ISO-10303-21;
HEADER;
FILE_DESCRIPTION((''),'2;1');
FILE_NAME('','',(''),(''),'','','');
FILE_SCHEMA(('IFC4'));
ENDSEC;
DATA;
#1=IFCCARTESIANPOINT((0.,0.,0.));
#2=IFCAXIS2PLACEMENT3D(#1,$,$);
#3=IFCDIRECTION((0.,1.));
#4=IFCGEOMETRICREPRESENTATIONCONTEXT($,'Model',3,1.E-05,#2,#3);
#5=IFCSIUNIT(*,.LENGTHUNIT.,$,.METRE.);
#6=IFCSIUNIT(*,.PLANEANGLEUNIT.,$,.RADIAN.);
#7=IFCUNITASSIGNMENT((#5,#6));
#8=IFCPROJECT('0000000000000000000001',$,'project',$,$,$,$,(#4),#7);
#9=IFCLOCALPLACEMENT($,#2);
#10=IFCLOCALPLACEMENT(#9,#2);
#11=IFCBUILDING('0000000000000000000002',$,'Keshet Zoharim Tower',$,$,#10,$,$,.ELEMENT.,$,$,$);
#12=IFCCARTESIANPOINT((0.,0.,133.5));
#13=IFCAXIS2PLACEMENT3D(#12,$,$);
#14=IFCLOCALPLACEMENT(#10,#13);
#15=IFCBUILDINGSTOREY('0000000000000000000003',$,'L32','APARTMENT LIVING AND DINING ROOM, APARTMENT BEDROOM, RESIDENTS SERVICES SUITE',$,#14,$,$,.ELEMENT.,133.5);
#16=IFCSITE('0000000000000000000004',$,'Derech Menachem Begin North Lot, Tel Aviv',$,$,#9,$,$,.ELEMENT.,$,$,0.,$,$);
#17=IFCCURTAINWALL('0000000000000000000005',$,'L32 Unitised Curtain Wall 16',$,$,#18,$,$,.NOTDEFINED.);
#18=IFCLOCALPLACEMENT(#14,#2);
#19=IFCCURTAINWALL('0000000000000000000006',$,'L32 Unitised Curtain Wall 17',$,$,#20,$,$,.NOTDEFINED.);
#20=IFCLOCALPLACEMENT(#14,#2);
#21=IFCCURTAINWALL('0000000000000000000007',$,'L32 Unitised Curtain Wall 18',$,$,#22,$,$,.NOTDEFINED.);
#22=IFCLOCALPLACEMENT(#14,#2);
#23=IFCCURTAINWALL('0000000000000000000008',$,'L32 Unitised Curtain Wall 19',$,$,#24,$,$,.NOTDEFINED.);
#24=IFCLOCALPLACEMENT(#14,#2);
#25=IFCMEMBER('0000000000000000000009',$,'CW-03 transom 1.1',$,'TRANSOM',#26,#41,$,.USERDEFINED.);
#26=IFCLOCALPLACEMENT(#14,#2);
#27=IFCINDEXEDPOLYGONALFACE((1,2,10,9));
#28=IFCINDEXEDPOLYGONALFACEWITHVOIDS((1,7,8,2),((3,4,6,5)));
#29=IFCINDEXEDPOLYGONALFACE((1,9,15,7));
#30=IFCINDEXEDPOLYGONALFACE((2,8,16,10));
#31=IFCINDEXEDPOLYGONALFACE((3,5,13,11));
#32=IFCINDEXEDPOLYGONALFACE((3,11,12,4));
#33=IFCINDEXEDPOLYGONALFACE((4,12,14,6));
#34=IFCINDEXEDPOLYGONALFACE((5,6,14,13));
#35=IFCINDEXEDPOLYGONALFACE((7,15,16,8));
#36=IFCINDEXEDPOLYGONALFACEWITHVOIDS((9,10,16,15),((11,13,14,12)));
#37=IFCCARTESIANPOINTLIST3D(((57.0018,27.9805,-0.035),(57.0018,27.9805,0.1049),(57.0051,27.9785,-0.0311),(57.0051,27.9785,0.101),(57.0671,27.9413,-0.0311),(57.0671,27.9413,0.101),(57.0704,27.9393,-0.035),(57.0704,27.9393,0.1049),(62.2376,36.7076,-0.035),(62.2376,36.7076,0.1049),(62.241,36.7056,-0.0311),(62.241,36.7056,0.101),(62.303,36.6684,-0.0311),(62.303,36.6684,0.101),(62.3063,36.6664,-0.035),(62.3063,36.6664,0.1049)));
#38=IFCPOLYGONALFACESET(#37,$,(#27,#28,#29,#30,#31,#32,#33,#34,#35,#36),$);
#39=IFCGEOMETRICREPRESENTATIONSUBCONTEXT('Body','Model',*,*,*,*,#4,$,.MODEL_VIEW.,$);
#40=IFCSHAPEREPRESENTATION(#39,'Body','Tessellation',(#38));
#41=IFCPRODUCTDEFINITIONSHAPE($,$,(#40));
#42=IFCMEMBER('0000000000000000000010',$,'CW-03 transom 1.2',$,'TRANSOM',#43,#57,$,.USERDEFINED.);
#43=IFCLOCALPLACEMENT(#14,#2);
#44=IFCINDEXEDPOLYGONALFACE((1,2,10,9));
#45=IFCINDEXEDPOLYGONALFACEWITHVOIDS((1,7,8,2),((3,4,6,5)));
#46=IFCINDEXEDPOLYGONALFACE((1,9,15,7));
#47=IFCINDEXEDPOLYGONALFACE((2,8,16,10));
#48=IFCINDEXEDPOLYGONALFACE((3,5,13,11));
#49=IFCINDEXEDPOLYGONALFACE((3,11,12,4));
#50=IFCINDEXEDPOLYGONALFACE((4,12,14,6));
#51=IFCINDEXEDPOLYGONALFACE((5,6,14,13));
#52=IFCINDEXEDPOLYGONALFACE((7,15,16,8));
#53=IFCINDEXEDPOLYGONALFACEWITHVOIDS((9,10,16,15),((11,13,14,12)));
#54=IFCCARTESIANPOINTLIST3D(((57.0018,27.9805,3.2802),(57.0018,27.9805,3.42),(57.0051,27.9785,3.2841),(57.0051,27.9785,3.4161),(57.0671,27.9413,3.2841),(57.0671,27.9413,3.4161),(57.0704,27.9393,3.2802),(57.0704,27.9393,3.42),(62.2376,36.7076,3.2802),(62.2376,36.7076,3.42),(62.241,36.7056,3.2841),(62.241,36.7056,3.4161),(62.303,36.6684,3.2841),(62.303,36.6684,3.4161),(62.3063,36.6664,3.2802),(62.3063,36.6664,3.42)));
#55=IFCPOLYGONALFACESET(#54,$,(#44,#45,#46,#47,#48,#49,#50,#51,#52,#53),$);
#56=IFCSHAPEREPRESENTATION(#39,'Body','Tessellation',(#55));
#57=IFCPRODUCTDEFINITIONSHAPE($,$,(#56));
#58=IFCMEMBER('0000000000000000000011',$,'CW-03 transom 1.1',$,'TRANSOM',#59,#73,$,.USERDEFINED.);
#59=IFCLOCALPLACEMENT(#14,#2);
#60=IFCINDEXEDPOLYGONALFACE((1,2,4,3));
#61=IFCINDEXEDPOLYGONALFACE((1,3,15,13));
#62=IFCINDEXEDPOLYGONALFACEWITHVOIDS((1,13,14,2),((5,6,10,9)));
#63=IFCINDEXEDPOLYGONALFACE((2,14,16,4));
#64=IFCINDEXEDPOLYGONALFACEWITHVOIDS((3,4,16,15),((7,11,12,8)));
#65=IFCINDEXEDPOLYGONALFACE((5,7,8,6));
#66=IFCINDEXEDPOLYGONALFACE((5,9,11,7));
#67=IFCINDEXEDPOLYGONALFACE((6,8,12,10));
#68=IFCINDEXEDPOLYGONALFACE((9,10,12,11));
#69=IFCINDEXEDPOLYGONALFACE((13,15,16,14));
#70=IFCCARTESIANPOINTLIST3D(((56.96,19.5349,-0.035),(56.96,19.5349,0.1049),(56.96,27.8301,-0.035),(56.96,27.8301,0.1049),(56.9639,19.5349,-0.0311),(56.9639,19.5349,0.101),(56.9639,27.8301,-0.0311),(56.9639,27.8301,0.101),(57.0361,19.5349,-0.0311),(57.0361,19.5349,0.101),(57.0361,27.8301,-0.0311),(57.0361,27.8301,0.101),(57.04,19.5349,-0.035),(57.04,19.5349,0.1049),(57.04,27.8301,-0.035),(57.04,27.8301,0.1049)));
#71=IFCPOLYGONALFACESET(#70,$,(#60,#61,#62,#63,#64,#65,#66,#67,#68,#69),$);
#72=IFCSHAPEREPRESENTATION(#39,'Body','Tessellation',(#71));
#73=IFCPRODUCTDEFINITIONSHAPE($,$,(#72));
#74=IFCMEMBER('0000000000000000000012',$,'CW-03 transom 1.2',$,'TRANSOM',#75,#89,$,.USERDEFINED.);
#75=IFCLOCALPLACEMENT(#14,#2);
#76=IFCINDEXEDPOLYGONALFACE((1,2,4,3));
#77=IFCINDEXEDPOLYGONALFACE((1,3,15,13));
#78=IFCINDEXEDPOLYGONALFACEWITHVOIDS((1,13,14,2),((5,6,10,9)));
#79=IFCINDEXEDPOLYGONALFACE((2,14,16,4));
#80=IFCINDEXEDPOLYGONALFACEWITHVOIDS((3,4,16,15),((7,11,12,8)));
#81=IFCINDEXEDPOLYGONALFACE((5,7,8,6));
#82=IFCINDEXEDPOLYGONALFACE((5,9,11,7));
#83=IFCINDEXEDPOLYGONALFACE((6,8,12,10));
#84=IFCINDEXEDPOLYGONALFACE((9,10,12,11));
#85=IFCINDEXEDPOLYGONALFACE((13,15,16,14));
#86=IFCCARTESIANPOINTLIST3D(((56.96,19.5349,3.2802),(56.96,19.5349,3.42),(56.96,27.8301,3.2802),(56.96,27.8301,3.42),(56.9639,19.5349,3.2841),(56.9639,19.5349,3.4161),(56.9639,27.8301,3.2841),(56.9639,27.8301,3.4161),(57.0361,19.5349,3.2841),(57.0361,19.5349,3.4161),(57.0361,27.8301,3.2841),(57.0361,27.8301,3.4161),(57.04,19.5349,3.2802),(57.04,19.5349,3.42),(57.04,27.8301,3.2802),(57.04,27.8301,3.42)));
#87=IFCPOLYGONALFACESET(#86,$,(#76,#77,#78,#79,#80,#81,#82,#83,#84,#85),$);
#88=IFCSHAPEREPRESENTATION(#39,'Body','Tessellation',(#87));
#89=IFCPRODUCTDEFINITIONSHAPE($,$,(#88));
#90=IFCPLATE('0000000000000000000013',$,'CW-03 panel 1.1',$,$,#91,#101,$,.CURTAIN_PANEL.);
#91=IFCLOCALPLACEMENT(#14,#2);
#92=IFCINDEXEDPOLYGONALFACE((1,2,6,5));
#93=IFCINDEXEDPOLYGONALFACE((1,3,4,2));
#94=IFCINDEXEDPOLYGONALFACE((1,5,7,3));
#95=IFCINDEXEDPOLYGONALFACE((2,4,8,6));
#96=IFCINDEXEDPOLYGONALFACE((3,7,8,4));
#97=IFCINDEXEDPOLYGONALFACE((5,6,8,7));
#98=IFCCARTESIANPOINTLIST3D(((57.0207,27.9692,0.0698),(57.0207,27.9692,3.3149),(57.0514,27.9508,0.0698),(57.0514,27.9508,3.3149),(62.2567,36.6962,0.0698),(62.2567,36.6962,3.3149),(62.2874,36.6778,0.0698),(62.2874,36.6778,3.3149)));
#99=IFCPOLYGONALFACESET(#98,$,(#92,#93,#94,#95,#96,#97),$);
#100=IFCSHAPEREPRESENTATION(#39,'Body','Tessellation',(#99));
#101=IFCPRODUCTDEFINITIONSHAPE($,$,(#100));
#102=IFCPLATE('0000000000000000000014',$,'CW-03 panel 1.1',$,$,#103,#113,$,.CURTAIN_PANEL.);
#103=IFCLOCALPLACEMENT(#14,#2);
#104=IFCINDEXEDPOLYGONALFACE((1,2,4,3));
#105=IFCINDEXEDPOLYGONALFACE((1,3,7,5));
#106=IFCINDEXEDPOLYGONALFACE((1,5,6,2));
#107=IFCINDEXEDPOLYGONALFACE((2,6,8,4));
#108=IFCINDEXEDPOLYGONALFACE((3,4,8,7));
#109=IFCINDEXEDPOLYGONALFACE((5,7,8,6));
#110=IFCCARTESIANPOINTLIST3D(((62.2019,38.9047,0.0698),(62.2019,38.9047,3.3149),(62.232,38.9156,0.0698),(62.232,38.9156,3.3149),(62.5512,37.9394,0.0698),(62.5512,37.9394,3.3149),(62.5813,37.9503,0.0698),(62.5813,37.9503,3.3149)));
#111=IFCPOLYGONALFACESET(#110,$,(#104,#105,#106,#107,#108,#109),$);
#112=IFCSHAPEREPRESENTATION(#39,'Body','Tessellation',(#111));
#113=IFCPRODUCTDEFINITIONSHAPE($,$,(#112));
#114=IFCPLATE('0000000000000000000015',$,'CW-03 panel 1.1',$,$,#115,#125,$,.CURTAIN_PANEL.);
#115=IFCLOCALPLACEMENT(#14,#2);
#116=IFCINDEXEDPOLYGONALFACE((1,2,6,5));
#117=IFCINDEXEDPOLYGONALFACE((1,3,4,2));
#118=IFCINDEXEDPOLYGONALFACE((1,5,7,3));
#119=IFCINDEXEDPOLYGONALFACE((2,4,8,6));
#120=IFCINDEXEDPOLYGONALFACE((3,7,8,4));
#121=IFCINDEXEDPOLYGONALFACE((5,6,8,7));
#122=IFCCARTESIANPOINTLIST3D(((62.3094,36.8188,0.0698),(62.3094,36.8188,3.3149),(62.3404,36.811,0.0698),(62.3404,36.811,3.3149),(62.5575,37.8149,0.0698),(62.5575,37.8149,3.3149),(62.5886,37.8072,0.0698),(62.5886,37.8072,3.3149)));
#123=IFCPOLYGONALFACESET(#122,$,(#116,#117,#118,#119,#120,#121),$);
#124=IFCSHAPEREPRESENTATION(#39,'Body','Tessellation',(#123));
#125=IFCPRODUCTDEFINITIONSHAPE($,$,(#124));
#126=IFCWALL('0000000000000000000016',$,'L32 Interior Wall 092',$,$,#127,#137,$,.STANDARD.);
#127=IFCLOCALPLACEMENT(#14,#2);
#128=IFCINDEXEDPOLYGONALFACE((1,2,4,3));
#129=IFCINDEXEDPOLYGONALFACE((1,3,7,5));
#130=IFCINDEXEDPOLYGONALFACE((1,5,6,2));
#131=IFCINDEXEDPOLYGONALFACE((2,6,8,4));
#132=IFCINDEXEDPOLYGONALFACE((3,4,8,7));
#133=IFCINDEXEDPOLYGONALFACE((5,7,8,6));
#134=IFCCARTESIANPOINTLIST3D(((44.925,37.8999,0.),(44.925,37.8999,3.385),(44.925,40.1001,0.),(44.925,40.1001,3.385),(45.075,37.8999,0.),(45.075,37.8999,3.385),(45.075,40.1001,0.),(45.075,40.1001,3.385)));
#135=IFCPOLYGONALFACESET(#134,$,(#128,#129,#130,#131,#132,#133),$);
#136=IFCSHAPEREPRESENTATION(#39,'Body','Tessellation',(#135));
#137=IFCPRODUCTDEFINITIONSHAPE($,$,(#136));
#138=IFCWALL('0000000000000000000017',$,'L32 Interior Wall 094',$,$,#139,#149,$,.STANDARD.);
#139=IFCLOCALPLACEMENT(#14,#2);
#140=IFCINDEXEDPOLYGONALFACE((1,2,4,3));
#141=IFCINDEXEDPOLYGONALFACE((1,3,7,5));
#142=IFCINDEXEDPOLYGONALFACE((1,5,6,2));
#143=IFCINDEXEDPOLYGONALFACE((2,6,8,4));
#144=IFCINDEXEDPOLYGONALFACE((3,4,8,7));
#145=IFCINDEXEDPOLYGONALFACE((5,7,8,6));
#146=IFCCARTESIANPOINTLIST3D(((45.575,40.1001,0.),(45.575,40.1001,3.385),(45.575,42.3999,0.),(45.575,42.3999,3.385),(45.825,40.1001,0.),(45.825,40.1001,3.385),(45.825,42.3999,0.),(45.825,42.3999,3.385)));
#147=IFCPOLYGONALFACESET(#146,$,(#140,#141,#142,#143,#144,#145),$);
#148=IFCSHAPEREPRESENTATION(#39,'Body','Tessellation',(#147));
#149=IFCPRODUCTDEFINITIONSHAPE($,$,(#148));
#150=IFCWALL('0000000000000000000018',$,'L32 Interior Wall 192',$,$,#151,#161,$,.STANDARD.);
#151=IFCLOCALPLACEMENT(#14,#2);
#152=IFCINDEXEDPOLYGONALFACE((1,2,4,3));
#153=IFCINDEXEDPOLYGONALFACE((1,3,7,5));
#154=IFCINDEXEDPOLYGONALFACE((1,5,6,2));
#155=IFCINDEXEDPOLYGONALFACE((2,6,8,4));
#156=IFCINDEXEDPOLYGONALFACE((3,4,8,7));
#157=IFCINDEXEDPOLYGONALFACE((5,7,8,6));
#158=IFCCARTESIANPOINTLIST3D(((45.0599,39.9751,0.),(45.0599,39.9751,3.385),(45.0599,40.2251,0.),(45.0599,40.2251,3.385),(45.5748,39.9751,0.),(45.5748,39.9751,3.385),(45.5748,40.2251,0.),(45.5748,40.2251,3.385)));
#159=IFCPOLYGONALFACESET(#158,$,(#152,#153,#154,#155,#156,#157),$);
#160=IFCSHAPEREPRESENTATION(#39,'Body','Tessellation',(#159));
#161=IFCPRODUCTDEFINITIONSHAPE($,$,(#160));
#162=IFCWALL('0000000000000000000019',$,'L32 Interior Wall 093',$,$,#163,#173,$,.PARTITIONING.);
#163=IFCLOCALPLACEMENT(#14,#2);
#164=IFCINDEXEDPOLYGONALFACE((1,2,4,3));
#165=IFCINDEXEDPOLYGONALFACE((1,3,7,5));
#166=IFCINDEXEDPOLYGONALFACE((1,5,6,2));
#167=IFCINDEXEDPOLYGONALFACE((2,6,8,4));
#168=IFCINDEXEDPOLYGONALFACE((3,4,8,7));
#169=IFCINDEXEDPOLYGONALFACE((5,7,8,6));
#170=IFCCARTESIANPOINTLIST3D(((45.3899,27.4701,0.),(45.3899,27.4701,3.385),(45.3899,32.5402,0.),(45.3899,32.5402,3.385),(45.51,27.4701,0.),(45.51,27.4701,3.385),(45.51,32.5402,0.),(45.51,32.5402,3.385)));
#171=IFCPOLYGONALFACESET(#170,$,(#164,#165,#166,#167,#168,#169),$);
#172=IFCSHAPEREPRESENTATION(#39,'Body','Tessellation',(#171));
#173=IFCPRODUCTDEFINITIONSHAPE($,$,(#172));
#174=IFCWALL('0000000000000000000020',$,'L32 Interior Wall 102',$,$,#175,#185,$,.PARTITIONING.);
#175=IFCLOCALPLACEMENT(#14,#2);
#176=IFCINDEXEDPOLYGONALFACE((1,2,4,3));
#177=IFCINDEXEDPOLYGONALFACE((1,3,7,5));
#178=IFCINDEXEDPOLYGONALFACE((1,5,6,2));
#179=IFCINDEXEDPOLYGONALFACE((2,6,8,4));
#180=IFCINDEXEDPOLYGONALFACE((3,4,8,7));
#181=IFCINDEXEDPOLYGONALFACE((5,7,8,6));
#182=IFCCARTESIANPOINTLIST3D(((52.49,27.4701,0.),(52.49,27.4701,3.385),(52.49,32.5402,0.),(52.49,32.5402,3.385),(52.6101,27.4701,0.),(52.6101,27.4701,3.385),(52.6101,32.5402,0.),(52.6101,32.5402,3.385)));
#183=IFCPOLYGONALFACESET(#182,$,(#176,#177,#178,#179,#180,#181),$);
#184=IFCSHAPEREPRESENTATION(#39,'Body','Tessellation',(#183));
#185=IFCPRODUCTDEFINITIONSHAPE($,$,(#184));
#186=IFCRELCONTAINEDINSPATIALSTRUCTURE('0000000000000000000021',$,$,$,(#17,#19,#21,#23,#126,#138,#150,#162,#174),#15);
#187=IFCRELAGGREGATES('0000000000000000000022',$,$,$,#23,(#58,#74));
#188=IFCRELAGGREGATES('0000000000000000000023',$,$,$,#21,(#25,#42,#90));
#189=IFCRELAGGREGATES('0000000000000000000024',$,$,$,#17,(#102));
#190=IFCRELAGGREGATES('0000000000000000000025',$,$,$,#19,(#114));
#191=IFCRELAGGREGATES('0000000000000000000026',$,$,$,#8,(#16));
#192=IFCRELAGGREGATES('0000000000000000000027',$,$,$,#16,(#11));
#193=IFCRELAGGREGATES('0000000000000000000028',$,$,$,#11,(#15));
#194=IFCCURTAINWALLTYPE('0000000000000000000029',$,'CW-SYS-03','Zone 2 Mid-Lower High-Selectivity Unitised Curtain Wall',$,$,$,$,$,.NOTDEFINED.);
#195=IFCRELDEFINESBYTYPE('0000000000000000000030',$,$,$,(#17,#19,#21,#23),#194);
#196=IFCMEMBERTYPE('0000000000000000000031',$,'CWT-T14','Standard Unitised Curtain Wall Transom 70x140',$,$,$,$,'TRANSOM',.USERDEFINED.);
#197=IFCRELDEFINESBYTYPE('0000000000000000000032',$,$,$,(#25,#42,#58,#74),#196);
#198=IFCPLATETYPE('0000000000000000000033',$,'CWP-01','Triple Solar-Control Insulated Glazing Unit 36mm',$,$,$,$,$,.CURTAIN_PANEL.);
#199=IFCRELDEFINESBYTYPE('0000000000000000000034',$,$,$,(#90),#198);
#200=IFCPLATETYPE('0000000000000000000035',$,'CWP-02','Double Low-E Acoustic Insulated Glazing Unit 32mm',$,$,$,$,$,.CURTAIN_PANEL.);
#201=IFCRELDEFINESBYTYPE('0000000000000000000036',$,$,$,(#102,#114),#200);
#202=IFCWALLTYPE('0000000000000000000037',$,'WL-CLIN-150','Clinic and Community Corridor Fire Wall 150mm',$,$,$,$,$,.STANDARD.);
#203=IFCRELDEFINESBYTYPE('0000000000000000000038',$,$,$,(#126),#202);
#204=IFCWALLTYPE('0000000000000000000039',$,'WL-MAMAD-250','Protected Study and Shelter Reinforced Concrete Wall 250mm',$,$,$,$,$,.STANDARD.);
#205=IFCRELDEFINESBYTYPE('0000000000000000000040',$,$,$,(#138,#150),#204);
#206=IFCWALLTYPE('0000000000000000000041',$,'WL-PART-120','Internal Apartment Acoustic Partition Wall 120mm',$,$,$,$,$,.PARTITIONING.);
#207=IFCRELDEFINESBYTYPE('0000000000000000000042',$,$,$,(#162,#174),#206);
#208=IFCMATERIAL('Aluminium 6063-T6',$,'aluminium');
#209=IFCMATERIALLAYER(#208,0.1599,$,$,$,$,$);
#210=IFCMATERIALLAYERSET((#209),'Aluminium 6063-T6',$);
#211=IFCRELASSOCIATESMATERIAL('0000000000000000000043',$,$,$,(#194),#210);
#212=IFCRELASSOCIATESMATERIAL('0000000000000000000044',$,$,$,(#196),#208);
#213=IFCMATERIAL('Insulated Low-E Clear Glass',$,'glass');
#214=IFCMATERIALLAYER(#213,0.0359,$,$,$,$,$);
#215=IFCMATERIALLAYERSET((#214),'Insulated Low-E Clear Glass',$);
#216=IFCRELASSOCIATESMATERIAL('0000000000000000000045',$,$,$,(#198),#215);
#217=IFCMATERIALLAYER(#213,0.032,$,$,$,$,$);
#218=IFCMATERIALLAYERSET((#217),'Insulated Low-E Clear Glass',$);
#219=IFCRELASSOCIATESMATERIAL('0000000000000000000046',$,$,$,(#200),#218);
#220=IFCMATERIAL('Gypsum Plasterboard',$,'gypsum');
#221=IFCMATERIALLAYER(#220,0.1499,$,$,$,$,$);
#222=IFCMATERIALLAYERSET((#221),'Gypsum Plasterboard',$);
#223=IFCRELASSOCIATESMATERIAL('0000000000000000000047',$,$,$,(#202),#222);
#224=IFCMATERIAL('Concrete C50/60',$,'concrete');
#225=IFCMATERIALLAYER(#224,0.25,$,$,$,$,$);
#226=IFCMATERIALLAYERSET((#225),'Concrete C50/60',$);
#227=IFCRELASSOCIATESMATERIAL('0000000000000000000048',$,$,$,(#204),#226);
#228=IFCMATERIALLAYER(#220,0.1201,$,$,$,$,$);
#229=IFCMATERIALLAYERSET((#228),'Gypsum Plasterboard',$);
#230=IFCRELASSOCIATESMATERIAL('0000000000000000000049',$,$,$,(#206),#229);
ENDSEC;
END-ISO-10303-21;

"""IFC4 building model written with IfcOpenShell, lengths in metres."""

from ifc_helpers import new_model, si_unit, direction, frame, frame_2d, origin, origin_2d, place, context, subcontext, project, spatial, rectangle, hollow_rectangle, extrude, material, layer, layer_set, material_profile, profile_set, type_object, element, aggregate, save


model = new_model("IFC4")

# Units and contexts
model_context = context("Model", 3, precision=1e-05, world=origin(), true_north=direction((0.0, 1.0)))
body_context = subcontext(model_context, "Body", "Model", "MODEL_VIEW")
ifc_project = project(units=[si_unit("LENGTHUNIT", "METRE"), si_unit("PLANEANGLEUNIT", "RADIAN")], contexts=[model_context])

# Site, building, storey
site_placement = place(None, origin())
site = spatial("IfcSite", under=ifc_project, at=site_placement, Name="Derech Menachem Begin North Lot, Tel Aviv", CompositionType="ELEMENT", RefElevation=0.0)
building_placement = place(site_placement, origin())
building = spatial("IfcBuilding", under=site, at=building_placement, Name="Keshet Zoharim Tower", CompositionType="ELEMENT")
storey_placement = place(building_placement, frame((0.0, 0.0, 133.5)))
storey = spatial("IfcBuildingStorey", under=building, at=storey_placement, Name="L32", Description="APARTMENT LIVING AND DINING ROOM, APARTMENT BEDROOM, RESIDENTS SERVICES SUITE", CompositionType="ELEMENT", Elevation=133.5)

# Shared definitions
ifc_material_1 = material(Name="Aluminium 6063-T6", Category="aluminium")
ifc_layer_1 = layer(ifc_material_1, 0.1599)
ifc_layer_set_1 = layer_set([ifc_layer_1], Name="Aluminium 6063-T6")
curtain_wall_type = type_object("IfcCurtainWallType", Name="CW-SYS-03", Description="Zone 2 Mid-Lower High-Selectivity Unitised Curtain Wall", PredefinedType="NOTDEFINED", material=ifc_layer_set_1)

# Curtain walls
curtain_wall_1_placement = place(storey_placement, origin())
curtain_wall_1 = element("IfcCurtainWall", 1, at=curtain_wall_1_placement, inside=storey, type_object=curtain_wall_type, Name="L32 Unitised Curtain Wall 16", PredefinedType="NOTDEFINED")
curtain_wall_2_placement = place(storey_placement, origin())
curtain_wall_2 = element("IfcCurtainWall", 2, at=curtain_wall_2_placement, inside=storey, type_object=curtain_wall_type, Name="L32 Unitised Curtain Wall 17", PredefinedType="NOTDEFINED")
curtain_wall_3_placement = place(storey_placement, origin())
curtain_wall_3 = element("IfcCurtainWall", 3, at=curtain_wall_3_placement, inside=storey, type_object=curtain_wall_type, Name="L32 Unitised Curtain Wall 18", PredefinedType="NOTDEFINED")

# Curtain wall
curtain_wall_4_placement = place(storey_placement, origin())
curtain_wall_4 = element("IfcCurtainWall", 4, at=curtain_wall_4_placement, inside=storey, type_object=curtain_wall_type, Name="L32 Unitised Curtain Wall 19", PredefinedType="NOTDEFINED")

# Members
ifc_material_profile_1 = material_profile(ifc_material_1, hollow_rectangle(XDim=0.0801, YDim=0.1399, WallThickness=0.0039, at=origin_2d()), Name="TRN-80x140")
ifc_profile_set_1 = profile_set([ifc_material_profile_1], Name="Aluminium 6063-T6")
member_type_1 = type_object("IfcMemberType", Name="CWT-T14", Description="Standard Unitised Curtain Wall Transom 70x140", ElementType="TRANSOM", PredefinedType="USERDEFINED", material=ifc_profile_set_1)
member_1_placement = place(storey_placement, frame((62.272, 36.687, 0.0349), z_axis=(-0.514468, -0.85751, 0.0), x_axis=(0.85751, -0.514468, 0.0)))
member_1 = element("IfcMember", 5, at=member_1_placement, type_object=member_type_1, Name="CW-03 transom 1.1", ObjectType="TRANSOM", PredefinedType="USERDEFINED", context=body_context, shape_type="SweptSolid", body=[
    extrude(hollow_rectangle(XDim=0.0801, YDim=0.1399, WallThickness=0.0039, at=origin_2d()), origin(), (0.0, 0.0, 1.0), 10.1772),
])
member_2_placement = place(storey_placement, frame((62.272, 36.687, 3.3501), z_axis=(-0.514468, -0.85751, 0.0), x_axis=(0.85751, -0.514468, 0.0)))
member_2 = element("IfcMember", 6, at=member_2_placement, type_object=member_type_1, Name="CW-03 transom 1.2", ObjectType="TRANSOM", PredefinedType="USERDEFINED", context=body_context, shape_type="SweptSolid", body=[
    extrude(hollow_rectangle(XDim=0.0801, YDim=0.1399, WallThickness=0.0039, at=origin_2d()), origin(), (0.0, 0.0, 1.0), 10.1772),
])
member_3_placement = place(storey_placement, frame((57.0, 27.8301, 0.0349), z_axis=(0.0, -1.0, 0.0), x_axis=(1.0, 0.0, 0.0)))
member_3 = element("IfcMember", 7, at=member_3_placement, type_object=member_type_1, Name="CW-03 transom 1.1", ObjectType="TRANSOM", PredefinedType="USERDEFINED", context=body_context, shape_type="SweptSolid", body=[
    extrude(hollow_rectangle(XDim=0.0801, YDim=0.1399, WallThickness=0.0039, at=origin_2d()), origin(), (0.0, 0.0, 1.0), 8.2952),
])
member_4_placement = place(storey_placement, frame((57.0, 27.8301, 3.3501), z_axis=(0.0, -1.0, 0.0), x_axis=(1.0, 0.0, 0.0)))
member_4 = element("IfcMember", 8, at=member_4_placement, type_object=member_type_1, Name="CW-03 transom 1.2", ObjectType="TRANSOM", PredefinedType="USERDEFINED", context=body_context, shape_type="SweptSolid", body=[
    extrude(hollow_rectangle(XDim=0.0801, YDim=0.1399, WallThickness=0.0039, at=origin_2d()), origin(), (0.0, 0.0, 1.0), 8.2952),
])
aggregate(curtain_wall_4, [member_3, member_4])

# Plates
ifc_material_2 = material(Name="Insulated Low-E Clear Glass", Category="glass")
ifc_layer_2 = layer(ifc_material_2, 0.0359)
ifc_layer_set_2 = layer_set([ifc_layer_2], Name="Insulated Low-E Clear Glass")
plate_type_1 = type_object("IfcPlateType", Name="CWP-01", Description="Triple Solar-Control Insulated Glazing Unit 36mm", PredefinedType="CURTAIN_PANEL", material=ifc_layer_set_2)
plate_1_placement = place(storey_placement, frame((59.6541, 32.3235, 0.0698), z_axis=(0.0, 0.0, 1.0), x_axis=(-0.514482, -0.857501, 0.0)))
plate_1 = element("IfcPlate", 9, at=plate_1_placement, type_object=plate_type_1, Name="CW-03 panel 1.1", PredefinedType="CURTAIN_PANEL", context=body_context, shape_type="SweptSolid", body=[
    extrude(rectangle(XDim=10.1772, YDim=0.0359, at=origin_2d()), origin(), (0.0, 0.0, 1.0), 3.2451),
])
aggregate(curtain_wall_3, [member_1, member_2, plate_1])
ifc_layer_3 = layer(ifc_material_2, 0.032)
ifc_layer_set_3 = layer_set([ifc_layer_3], Name="Insulated Low-E Clear Glass")
plate_type_2 = type_object("IfcPlateType", Name="CWP-02", Description="Double Low-E Acoustic Insulated Glazing Unit 32mm", PredefinedType="CURTAIN_PANEL", material=ifc_layer_set_3)
plate_2_placement = place(storey_placement, frame((62.3916, 38.4275, 0.0698), z_axis=(0.0, 0.0, 1.0), x_axis=(0.340297, -0.940318, 0.0)))
plate_2 = element("IfcPlate", 10, at=plate_2_placement, type_object=plate_type_2, Name="CW-03 panel 1.1", PredefinedType="CURTAIN_PANEL", context=body_context, shape_type="SweptSolid", body=[
    extrude(rectangle(XDim=1.0266, YDim=0.032, at=origin_2d()), origin(), (0.0, 0.0, 1.0), 3.2451),
])
aggregate(curtain_wall_1, [plate_2])
plate_3_placement = place(storey_placement, frame((62.449, 37.313, 0.0698), z_axis=(0.0, 0.0, 1.0), x_axis=(-0.241729, -0.970344, 0.0)))
plate_3 = element("IfcPlate", 11, at=plate_3_placement, type_object=plate_type_2, Name="CW-03 panel 1.1", PredefinedType="CURTAIN_PANEL", context=body_context, shape_type="SweptSolid", body=[
    extrude(rectangle(XDim=1.0266, YDim=0.032, at=origin_2d()), origin(), (0.0, 0.0, 1.0), 3.2451),
])
aggregate(curtain_wall_2, [plate_3])

# Walls
ifc_material_3 = material(Name="Gypsum Plasterboard", Category="gypsum")
ifc_layer_4 = layer(ifc_material_3, 0.1499)
ifc_layer_set_4 = layer_set([ifc_layer_4], Name="Gypsum Plasterboard")
wall_type_1 = type_object("IfcWallType", Name="WL-CLIN-150", Description="Clinic and Community Corridor Fire Wall 150mm", PredefinedType="STANDARD", material=ifc_layer_set_4)
wall_1_placement = place(storey_placement, frame((45.0, 37.8999, 0.0), z_axis=(0.0, 0.0, 1.0), x_axis=(0.0, 1.0, 0.0)))
element("IfcWall", 12, at=wall_1_placement, inside=storey, type_object=wall_type_1, Name="L32 Interior Wall 092", PredefinedType="STANDARD", context=body_context, shape_type="SweptSolid", body=[
    extrude(rectangle(XDim=2.2002, YDim=0.1499, at=frame_2d((1.1001, 0.0))), origin(), (0.0, 0.0, 1.0), 3.385),
])
ifc_material_4 = material(Name="Concrete C50/60", Category="concrete")
ifc_layer_5 = layer(ifc_material_4, 0.25)
ifc_layer_set_5 = layer_set([ifc_layer_5], Name="Concrete C50/60")
wall_type_2 = type_object("IfcWallType", Name="WL-MAMAD-250", Description="Protected Study and Shelter Reinforced Concrete Wall 250mm", PredefinedType="STANDARD", material=ifc_layer_set_5)
wall_2_placement = place(storey_placement, frame((45.7, 40.1001, 0.0), z_axis=(0.0, 0.0, 1.0), x_axis=(0.0, 1.0, 0.0)))
element("IfcWall", 13, at=wall_2_placement, inside=storey, type_object=wall_type_2, Name="L32 Interior Wall 094", PredefinedType="STANDARD", context=body_context, shape_type="SweptSolid", body=[
    extrude(rectangle(XDim=2.2998, YDim=0.25, at=frame_2d((1.1499, 0.0))), origin(), (0.0, 0.0, 1.0), 3.385),
])
wall_3_placement = place(storey_placement, frame((45.0601, 40.1001, 0.0), z_axis=(0.0, 0.0, 1.0), x_axis=(1.0, 0.0, 0.0)))
element("IfcWall", 14, at=wall_3_placement, inside=storey, type_object=wall_type_2, Name="L32 Interior Wall 192", PredefinedType="STANDARD", context=body_context, shape_type="SweptSolid", body=[
    extrude(rectangle(XDim=0.5149, YDim=0.25, at=frame_2d((0.2573, 0.0))), origin(), (0.0, 0.0, 1.0), 3.385),
])
ifc_layer_6 = layer(ifc_material_3, 0.1201)
ifc_layer_set_6 = layer_set([ifc_layer_6], Name="Gypsum Plasterboard")
wall_type_3 = type_object("IfcWallType", Name="WL-PART-120", Description="Internal Apartment Acoustic Partition Wall 120mm", PredefinedType="PARTITIONING", material=ifc_layer_set_6)
for number, where, z_axis, x_axis, name in (
    (15, (45.45, 27.47, 0.0), (0.0, 0.0, 1.0), (0.0, 1.0, 0.0), "L32 Interior Wall 093"),
    (16, (52.55, 27.47, 0.0), (0.0, 0.0, 1.0), (0.0, 1.0, 0.0), "L32 Interior Wall 102"),
):
    element("IfcWall", number, at=place(storey_placement, frame(where, z_axis=z_axis, x_axis=x_axis)), inside=storey, type_object=wall_type_3, Name=name, PredefinedType="PARTITIONING", context=body_context, shape_type="SweptSolid", body=[
        extrude(rectangle(XDim=5.0701, YDim=0.1201, at=frame_2d((2.5352, 0.0))), origin(), (0.0, 0.0, 1.0), 3.385),
    ])

save(model, "model.ifc")
